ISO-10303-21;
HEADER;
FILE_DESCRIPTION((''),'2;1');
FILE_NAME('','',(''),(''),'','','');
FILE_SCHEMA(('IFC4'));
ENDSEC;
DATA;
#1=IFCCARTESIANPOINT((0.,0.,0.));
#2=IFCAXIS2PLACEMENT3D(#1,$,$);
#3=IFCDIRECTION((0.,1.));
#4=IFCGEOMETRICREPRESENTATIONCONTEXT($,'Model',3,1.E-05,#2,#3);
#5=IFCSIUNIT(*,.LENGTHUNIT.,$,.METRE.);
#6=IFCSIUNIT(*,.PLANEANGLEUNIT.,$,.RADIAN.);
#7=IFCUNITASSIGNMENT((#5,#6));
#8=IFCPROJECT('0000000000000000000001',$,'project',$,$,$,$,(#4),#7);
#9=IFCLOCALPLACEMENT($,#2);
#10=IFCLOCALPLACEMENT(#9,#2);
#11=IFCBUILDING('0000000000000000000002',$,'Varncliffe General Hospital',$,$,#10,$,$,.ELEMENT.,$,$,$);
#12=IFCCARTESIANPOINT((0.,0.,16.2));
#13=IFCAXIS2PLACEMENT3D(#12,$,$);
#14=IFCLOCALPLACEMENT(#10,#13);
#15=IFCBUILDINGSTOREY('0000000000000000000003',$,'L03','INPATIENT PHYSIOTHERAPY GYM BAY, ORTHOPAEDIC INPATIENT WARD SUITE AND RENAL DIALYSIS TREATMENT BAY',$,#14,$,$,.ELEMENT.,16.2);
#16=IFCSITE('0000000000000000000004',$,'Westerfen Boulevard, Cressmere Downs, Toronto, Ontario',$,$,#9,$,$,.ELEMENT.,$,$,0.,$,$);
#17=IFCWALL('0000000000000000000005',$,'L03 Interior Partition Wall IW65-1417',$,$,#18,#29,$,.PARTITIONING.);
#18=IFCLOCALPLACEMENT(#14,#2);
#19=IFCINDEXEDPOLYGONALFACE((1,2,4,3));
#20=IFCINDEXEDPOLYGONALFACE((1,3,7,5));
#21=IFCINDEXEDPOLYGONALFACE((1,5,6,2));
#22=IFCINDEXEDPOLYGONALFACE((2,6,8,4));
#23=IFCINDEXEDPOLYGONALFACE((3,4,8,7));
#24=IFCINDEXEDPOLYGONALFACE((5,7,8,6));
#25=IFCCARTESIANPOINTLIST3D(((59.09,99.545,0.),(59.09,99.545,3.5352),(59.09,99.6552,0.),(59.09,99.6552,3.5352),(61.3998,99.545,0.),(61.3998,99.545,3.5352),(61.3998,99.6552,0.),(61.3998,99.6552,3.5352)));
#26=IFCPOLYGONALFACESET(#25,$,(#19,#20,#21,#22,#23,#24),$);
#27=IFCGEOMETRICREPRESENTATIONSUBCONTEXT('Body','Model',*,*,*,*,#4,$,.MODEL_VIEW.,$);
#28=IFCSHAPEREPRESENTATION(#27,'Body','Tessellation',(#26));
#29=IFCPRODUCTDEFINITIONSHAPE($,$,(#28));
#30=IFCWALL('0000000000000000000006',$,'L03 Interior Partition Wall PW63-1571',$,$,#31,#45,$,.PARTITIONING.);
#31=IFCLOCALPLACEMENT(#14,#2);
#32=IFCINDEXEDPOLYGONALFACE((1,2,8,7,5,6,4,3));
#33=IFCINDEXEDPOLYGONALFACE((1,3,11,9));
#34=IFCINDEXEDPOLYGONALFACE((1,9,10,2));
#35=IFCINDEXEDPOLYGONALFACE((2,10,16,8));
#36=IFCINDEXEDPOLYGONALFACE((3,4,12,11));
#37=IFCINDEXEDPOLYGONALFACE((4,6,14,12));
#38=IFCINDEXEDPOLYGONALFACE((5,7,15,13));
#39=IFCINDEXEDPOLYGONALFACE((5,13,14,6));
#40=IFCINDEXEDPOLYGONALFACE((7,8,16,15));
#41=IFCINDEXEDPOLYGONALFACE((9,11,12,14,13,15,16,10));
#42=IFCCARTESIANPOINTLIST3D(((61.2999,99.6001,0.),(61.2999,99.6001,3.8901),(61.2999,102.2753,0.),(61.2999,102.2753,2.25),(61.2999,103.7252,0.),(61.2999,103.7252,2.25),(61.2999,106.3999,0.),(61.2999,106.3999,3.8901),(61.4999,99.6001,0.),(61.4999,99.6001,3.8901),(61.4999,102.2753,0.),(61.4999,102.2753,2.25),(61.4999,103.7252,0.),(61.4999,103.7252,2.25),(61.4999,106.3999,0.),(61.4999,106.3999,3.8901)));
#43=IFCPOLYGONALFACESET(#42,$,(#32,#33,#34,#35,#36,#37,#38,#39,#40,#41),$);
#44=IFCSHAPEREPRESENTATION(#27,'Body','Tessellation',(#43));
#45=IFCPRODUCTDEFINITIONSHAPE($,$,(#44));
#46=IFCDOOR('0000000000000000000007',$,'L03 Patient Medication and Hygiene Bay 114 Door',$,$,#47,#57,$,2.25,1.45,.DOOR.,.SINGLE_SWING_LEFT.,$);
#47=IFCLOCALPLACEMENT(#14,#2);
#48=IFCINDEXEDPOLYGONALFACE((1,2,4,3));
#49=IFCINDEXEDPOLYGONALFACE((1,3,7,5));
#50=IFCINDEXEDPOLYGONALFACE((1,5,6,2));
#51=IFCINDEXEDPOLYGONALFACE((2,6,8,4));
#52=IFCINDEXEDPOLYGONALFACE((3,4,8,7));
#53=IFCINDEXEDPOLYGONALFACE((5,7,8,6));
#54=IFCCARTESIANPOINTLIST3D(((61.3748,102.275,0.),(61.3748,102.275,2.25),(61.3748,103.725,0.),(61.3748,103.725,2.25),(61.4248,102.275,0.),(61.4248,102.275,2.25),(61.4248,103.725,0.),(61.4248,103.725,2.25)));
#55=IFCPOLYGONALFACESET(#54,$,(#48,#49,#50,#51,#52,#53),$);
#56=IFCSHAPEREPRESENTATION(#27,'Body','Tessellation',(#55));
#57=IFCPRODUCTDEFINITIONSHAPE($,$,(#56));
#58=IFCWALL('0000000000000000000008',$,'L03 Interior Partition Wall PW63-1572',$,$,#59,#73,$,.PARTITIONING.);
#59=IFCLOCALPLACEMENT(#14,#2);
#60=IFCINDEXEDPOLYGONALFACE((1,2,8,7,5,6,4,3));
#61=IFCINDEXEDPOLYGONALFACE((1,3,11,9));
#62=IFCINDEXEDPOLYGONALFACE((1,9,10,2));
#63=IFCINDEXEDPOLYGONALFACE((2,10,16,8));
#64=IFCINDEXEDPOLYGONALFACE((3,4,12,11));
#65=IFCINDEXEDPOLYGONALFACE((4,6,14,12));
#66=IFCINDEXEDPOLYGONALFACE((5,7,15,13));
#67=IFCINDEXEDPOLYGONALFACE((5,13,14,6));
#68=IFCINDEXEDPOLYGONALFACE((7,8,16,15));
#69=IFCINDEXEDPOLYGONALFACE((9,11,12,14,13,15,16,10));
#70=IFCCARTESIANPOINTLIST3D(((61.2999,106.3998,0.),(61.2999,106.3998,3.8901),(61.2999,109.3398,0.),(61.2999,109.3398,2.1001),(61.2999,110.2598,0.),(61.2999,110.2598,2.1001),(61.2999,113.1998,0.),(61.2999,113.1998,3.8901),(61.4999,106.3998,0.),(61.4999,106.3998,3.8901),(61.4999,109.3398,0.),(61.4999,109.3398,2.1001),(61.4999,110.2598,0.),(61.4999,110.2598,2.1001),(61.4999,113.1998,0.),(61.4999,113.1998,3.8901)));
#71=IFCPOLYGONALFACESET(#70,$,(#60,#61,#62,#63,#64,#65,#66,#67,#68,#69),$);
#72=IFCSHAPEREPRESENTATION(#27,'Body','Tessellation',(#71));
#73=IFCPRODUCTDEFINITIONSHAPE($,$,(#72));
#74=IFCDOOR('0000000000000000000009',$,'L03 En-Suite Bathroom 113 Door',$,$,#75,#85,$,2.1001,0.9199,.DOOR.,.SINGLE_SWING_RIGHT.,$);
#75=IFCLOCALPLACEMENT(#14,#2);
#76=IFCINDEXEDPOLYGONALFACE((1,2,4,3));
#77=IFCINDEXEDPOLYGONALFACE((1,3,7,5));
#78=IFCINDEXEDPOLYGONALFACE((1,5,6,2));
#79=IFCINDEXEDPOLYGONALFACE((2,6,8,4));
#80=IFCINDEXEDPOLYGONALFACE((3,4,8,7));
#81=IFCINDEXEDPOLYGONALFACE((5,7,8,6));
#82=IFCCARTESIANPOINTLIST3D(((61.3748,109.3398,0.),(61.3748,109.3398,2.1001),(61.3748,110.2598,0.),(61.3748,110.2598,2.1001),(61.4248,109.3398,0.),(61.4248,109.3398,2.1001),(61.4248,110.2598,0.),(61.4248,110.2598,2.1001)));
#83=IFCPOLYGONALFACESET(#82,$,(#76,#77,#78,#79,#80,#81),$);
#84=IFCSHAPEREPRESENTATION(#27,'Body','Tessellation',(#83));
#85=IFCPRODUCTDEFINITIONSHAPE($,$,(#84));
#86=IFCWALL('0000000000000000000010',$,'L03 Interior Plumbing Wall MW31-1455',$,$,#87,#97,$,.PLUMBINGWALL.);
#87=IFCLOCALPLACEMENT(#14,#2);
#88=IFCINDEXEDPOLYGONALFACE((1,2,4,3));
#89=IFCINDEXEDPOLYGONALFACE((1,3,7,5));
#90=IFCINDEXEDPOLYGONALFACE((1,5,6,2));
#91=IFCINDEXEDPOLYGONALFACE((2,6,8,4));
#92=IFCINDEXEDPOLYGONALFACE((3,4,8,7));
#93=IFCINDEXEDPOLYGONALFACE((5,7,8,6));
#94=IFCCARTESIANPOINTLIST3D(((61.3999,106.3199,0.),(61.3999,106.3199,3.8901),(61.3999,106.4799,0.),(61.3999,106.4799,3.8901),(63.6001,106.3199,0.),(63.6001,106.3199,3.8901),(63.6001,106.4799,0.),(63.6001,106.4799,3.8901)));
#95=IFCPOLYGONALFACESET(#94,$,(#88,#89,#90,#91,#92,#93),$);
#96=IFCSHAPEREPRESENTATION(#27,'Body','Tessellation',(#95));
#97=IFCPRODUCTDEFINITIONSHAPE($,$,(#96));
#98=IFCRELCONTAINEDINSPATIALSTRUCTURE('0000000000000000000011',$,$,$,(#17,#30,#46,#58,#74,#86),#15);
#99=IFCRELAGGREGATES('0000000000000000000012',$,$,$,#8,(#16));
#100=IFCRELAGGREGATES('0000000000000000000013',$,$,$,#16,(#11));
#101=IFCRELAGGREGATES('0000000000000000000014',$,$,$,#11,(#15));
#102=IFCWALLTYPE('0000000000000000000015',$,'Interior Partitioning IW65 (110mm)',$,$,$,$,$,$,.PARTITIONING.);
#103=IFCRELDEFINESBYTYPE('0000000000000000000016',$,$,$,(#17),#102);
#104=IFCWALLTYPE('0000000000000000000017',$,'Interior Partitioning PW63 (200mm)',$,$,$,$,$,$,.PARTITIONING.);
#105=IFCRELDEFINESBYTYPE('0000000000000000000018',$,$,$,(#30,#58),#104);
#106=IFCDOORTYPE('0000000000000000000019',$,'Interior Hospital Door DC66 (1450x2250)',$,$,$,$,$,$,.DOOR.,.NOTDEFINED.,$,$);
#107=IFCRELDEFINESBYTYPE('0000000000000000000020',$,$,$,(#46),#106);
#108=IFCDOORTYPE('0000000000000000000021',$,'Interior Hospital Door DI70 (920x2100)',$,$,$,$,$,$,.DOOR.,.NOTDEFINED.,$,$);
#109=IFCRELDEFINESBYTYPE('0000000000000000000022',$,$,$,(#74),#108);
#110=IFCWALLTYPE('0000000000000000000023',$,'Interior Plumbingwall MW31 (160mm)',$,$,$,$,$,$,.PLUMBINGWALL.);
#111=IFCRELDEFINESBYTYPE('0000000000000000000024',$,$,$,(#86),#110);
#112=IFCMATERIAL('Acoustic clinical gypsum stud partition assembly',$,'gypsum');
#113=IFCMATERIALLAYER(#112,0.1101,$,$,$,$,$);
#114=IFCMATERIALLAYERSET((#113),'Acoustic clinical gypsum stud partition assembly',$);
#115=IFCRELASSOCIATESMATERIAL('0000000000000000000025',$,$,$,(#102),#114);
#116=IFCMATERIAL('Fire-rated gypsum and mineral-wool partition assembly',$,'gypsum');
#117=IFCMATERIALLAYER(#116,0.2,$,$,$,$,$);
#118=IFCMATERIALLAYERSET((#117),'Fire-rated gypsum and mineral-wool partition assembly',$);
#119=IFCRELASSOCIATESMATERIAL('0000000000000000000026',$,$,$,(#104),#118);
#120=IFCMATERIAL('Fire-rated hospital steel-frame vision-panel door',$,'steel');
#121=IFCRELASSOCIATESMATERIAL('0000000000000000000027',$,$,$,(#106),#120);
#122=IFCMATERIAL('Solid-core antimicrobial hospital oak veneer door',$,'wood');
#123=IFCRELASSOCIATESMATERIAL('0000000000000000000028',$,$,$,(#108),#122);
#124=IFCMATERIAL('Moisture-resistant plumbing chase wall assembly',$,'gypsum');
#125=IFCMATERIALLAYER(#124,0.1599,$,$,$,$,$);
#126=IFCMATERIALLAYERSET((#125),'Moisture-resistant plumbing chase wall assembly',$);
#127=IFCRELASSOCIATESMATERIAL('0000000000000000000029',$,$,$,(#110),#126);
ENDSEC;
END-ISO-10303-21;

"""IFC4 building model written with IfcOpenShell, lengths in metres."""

from ifc_helpers import new_model, si_unit, direction, frame, frame_2d, origin, place, context, subcontext, project, spatial, rectangle, extrude, material, layer, layer_set, type_object, element, fill, save


model = new_model("IFC4")

# Units and contexts
model_context = context("Model", 3, precision=1e-05, world=origin(), true_north=direction((0.0, 1.0)))
body_context = subcontext(model_context, "Body", "Model", "MODEL_VIEW")
ifc_project = project(units=[si_unit("LENGTHUNIT", "METRE"), si_unit("PLANEANGLEUNIT", "RADIAN")], contexts=[model_context])

# Site, building, storey
site_placement = place(None, origin())
site = spatial("IfcSite", under=ifc_project, at=site_placement, Name="Westerfen Boulevard, Cressmere Downs, Toronto, Ontario", CompositionType="ELEMENT", RefElevation=0.0)
building_placement = place(site_placement, origin())
building = spatial("IfcBuilding", under=site, at=building_placement, Name="Varncliffe General Hospital", CompositionType="ELEMENT")
storey_placement = place(building_placement, frame((0.0, 0.0, 16.2)))
storey = spatial("IfcBuildingStorey", under=building, at=storey_placement, Name="L03", Description="INPATIENT PHYSIOTHERAPY GYM BAY, ORTHOPAEDIC INPATIENT WARD SUITE AND RENAL DIALYSIS TREATMENT BAY", CompositionType="ELEMENT", Elevation=16.2)

# Wall
ifc_material_1 = material(Name="Acoustic clinical gypsum stud partition assembly", Category="gypsum")
ifc_layer_1 = layer(ifc_material_1, 0.1101)
ifc_layer_set_1 = layer_set([ifc_layer_1], Name="Acoustic clinical gypsum stud partition assembly")
wall_type_1 = type_object("IfcWallType", Name="Interior Partitioning IW65 (110mm)", PredefinedType="PARTITIONING", material=ifc_layer_set_1)
wall_1_placement = place(storey_placement, frame((59.0901, 99.6001, 0.0), z_axis=(0.0, 0.0, 1.0), x_axis=(1.0, 0.0, 0.0)))
element("IfcWall", 1, at=wall_1_placement, inside=storey, type_object=wall_type_1, Name="L03 Interior Partition Wall IW65-1417", PredefinedType="PARTITIONING", context=body_context, shape_type="SweptSolid", body=[
    extrude(rectangle(XDim=2.3098, YDim=0.1101, at=frame_2d((1.1548, 0.0))), origin(), (0.0, 0.0, 1.0), 3.5352),
])

# Walls, openings, doors
ifc_material_2 = material(Name="Fire-rated gypsum and mineral-wool partition assembly", Category="gypsum")
ifc_layer_2 = layer(ifc_material_2, 0.2)
ifc_layer_set_2 = layer_set([ifc_layer_2], Name="Fire-rated gypsum and mineral-wool partition assembly")
wall_type_2 = type_object("IfcWallType", Name="Interior Partitioning PW63 (200mm)", PredefinedType="PARTITIONING", material=ifc_layer_set_2)
wall_2_placement = place(storey_placement, frame((61.3999, 99.6001, 0.0), z_axis=(0.0, 0.0, 1.0), x_axis=(0.0, 1.0, 0.0)))
wall_2 = element("IfcWall", 2, at=wall_2_placement, inside=storey, type_object=wall_type_2, Name="L03 Interior Partition Wall PW63-1571", PredefinedType="PARTITIONING", context=body_context, shape_type="SweptSolid", body=[
    extrude(rectangle(XDim=6.7998, YDim=0.2, at=frame_2d((3.3999, 0.0))), origin(), (0.0, 0.0, 1.0), 3.8901),
])
opening_1_placement = place(wall_2_placement, frame((2.675, 0.0, 0.0)))
opening_1 = element("IfcOpeningElement", 3, at=opening_1_placement, cuts=wall_2, PredefinedType="OPENING", context=body_context, shape_type="SweptSolid", body=[
    extrude(rectangle(XDim=1.45, YDim=2.25, at=frame_2d((0.7251, 1.125))), frame((0.0, 0.1099, 0.0), z_axis=(0.0, -1.0, 0.0), x_axis=(1.0, 0.0, 0.0)), (0.0, 0.0, 1.0), 0.22),
])
ifc_material_3 = material(Name="Fire-rated hospital steel-frame vision-panel door", Category="steel")
door_type_1 = type_object("IfcDoorType", Name="Interior Hospital Door DC66 (1450x2250)", OperationType="NOTDEFINED", PredefinedType="DOOR", material=ifc_material_3)
door_1_placement = place(opening_1_placement, frame((1.45, 0.0, 0.0), z_axis=(0.0, 0.0, 1.0), x_axis=(-1.0, 0.0, 0.0)))
door_1 = element("IfcDoor", 4, at=door_1_placement, inside=storey, type_object=door_type_1, Name="L03 Patient Medication and Hygiene Bay 114 Door", OperationType="SINGLE_SWING_LEFT", OverallHeight=2.25, OverallWidth=1.45, PredefinedType="DOOR", context=body_context, shape_type="SweptSolid", body=[
    extrude(rectangle(XDim=1.45, YDim=2.25, at=frame_2d((0.7251, 1.125))), frame((0.0, 0.0249, 0.0), z_axis=(0.0, -1.0, 0.0), x_axis=(1.0, 0.0, 0.0)), (0.0, 0.0, 1.0), 0.05),
])
fill(opening_1, door_1)
wall_3_placement = place(storey_placement, frame((61.3999, 106.3999, 0.0), z_axis=(0.0, 0.0, 1.0), x_axis=(0.0, 1.0, 0.0)))
wall_3 = element("IfcWall", 5, at=wall_3_placement, inside=storey, type_object=wall_type_2, Name="L03 Interior Partition Wall PW63-1572", PredefinedType="PARTITIONING", context=body_context, shape_type="SweptSolid", body=[
    extrude(rectangle(XDim=6.8, YDim=0.2, at=frame_2d((3.3999, 0.0))), origin(), (0.0, 0.0, 1.0), 3.8901),
])
opening_2_placement = place(wall_3_placement, frame((2.9399, 0.0, 0.0)))
opening_2 = element("IfcOpeningElement", 6, at=opening_2_placement, cuts=wall_3, PredefinedType="OPENING", context=body_context, shape_type="SweptSolid", body=[
    extrude(rectangle(XDim=0.9199, YDim=2.1001, at=frame_2d((0.46, 1.05))), frame((0.0, 0.1099, 0.0), z_axis=(0.0, -1.0, 0.0), x_axis=(1.0, 0.0, 0.0)), (0.0, 0.0, 1.0), 0.22),
])
ifc_material_4 = material(Name="Solid-core antimicrobial hospital oak veneer door", Category="wood")
door_type_2 = type_object("IfcDoorType", Name="Interior Hospital Door DI70 (920x2100)", OperationType="NOTDEFINED", PredefinedType="DOOR", material=ifc_material_4)
door_2_placement = place(opening_2_placement, frame((0.9199, 0.0, 0.0), z_axis=(0.0, 0.0, 1.0), x_axis=(-1.0, 0.0, 0.0)))
door_2 = element("IfcDoor", 7, at=door_2_placement, inside=storey, type_object=door_type_2, Name="L03 En-Suite Bathroom 113 Door", OperationType="SINGLE_SWING_RIGHT", OverallHeight=2.1001, OverallWidth=0.9199, PredefinedType="DOOR", context=body_context, shape_type="SweptSolid", body=[
    extrude(rectangle(XDim=0.9199, YDim=2.1001, at=frame_2d((0.46, 1.05))), frame((0.0, 0.0249, 0.0), z_axis=(0.0, -1.0, 0.0), x_axis=(1.0, 0.0, 0.0)), (0.0, 0.0, 1.0), 0.05),
])
fill(opening_2, door_2)

# Wall
ifc_material_5 = material(Name="Moisture-resistant plumbing chase wall assembly", Category="gypsum")
ifc_layer_3 = layer(ifc_material_5, 0.1599)
ifc_layer_set_3 = layer_set([ifc_layer_3], Name="Moisture-resistant plumbing chase wall assembly")
wall_type_3 = type_object("IfcWallType", Name="Interior Plumbingwall MW31 (160mm)", PredefinedType="PLUMBINGWALL", material=ifc_layer_set_3)
wall_4_placement = place(storey_placement, frame((61.3999, 106.3999, 0.0), z_axis=(0.0, 0.0, 1.0), x_axis=(1.0, 0.0, 0.0)))
element("IfcWall", 8, at=wall_4_placement, inside=storey, type_object=wall_type_3, Name="L03 Interior Plumbing Wall MW31-1455", PredefinedType="PLUMBINGWALL", context=body_context, shape_type="SweptSolid", body=[
    extrude(rectangle(XDim=2.2002, YDim=0.1599, at=frame_2d((1.1001, 0.0))), origin(), (0.0, 0.0, 1.0), 3.8901),
])

save(model, "model.ifc")
